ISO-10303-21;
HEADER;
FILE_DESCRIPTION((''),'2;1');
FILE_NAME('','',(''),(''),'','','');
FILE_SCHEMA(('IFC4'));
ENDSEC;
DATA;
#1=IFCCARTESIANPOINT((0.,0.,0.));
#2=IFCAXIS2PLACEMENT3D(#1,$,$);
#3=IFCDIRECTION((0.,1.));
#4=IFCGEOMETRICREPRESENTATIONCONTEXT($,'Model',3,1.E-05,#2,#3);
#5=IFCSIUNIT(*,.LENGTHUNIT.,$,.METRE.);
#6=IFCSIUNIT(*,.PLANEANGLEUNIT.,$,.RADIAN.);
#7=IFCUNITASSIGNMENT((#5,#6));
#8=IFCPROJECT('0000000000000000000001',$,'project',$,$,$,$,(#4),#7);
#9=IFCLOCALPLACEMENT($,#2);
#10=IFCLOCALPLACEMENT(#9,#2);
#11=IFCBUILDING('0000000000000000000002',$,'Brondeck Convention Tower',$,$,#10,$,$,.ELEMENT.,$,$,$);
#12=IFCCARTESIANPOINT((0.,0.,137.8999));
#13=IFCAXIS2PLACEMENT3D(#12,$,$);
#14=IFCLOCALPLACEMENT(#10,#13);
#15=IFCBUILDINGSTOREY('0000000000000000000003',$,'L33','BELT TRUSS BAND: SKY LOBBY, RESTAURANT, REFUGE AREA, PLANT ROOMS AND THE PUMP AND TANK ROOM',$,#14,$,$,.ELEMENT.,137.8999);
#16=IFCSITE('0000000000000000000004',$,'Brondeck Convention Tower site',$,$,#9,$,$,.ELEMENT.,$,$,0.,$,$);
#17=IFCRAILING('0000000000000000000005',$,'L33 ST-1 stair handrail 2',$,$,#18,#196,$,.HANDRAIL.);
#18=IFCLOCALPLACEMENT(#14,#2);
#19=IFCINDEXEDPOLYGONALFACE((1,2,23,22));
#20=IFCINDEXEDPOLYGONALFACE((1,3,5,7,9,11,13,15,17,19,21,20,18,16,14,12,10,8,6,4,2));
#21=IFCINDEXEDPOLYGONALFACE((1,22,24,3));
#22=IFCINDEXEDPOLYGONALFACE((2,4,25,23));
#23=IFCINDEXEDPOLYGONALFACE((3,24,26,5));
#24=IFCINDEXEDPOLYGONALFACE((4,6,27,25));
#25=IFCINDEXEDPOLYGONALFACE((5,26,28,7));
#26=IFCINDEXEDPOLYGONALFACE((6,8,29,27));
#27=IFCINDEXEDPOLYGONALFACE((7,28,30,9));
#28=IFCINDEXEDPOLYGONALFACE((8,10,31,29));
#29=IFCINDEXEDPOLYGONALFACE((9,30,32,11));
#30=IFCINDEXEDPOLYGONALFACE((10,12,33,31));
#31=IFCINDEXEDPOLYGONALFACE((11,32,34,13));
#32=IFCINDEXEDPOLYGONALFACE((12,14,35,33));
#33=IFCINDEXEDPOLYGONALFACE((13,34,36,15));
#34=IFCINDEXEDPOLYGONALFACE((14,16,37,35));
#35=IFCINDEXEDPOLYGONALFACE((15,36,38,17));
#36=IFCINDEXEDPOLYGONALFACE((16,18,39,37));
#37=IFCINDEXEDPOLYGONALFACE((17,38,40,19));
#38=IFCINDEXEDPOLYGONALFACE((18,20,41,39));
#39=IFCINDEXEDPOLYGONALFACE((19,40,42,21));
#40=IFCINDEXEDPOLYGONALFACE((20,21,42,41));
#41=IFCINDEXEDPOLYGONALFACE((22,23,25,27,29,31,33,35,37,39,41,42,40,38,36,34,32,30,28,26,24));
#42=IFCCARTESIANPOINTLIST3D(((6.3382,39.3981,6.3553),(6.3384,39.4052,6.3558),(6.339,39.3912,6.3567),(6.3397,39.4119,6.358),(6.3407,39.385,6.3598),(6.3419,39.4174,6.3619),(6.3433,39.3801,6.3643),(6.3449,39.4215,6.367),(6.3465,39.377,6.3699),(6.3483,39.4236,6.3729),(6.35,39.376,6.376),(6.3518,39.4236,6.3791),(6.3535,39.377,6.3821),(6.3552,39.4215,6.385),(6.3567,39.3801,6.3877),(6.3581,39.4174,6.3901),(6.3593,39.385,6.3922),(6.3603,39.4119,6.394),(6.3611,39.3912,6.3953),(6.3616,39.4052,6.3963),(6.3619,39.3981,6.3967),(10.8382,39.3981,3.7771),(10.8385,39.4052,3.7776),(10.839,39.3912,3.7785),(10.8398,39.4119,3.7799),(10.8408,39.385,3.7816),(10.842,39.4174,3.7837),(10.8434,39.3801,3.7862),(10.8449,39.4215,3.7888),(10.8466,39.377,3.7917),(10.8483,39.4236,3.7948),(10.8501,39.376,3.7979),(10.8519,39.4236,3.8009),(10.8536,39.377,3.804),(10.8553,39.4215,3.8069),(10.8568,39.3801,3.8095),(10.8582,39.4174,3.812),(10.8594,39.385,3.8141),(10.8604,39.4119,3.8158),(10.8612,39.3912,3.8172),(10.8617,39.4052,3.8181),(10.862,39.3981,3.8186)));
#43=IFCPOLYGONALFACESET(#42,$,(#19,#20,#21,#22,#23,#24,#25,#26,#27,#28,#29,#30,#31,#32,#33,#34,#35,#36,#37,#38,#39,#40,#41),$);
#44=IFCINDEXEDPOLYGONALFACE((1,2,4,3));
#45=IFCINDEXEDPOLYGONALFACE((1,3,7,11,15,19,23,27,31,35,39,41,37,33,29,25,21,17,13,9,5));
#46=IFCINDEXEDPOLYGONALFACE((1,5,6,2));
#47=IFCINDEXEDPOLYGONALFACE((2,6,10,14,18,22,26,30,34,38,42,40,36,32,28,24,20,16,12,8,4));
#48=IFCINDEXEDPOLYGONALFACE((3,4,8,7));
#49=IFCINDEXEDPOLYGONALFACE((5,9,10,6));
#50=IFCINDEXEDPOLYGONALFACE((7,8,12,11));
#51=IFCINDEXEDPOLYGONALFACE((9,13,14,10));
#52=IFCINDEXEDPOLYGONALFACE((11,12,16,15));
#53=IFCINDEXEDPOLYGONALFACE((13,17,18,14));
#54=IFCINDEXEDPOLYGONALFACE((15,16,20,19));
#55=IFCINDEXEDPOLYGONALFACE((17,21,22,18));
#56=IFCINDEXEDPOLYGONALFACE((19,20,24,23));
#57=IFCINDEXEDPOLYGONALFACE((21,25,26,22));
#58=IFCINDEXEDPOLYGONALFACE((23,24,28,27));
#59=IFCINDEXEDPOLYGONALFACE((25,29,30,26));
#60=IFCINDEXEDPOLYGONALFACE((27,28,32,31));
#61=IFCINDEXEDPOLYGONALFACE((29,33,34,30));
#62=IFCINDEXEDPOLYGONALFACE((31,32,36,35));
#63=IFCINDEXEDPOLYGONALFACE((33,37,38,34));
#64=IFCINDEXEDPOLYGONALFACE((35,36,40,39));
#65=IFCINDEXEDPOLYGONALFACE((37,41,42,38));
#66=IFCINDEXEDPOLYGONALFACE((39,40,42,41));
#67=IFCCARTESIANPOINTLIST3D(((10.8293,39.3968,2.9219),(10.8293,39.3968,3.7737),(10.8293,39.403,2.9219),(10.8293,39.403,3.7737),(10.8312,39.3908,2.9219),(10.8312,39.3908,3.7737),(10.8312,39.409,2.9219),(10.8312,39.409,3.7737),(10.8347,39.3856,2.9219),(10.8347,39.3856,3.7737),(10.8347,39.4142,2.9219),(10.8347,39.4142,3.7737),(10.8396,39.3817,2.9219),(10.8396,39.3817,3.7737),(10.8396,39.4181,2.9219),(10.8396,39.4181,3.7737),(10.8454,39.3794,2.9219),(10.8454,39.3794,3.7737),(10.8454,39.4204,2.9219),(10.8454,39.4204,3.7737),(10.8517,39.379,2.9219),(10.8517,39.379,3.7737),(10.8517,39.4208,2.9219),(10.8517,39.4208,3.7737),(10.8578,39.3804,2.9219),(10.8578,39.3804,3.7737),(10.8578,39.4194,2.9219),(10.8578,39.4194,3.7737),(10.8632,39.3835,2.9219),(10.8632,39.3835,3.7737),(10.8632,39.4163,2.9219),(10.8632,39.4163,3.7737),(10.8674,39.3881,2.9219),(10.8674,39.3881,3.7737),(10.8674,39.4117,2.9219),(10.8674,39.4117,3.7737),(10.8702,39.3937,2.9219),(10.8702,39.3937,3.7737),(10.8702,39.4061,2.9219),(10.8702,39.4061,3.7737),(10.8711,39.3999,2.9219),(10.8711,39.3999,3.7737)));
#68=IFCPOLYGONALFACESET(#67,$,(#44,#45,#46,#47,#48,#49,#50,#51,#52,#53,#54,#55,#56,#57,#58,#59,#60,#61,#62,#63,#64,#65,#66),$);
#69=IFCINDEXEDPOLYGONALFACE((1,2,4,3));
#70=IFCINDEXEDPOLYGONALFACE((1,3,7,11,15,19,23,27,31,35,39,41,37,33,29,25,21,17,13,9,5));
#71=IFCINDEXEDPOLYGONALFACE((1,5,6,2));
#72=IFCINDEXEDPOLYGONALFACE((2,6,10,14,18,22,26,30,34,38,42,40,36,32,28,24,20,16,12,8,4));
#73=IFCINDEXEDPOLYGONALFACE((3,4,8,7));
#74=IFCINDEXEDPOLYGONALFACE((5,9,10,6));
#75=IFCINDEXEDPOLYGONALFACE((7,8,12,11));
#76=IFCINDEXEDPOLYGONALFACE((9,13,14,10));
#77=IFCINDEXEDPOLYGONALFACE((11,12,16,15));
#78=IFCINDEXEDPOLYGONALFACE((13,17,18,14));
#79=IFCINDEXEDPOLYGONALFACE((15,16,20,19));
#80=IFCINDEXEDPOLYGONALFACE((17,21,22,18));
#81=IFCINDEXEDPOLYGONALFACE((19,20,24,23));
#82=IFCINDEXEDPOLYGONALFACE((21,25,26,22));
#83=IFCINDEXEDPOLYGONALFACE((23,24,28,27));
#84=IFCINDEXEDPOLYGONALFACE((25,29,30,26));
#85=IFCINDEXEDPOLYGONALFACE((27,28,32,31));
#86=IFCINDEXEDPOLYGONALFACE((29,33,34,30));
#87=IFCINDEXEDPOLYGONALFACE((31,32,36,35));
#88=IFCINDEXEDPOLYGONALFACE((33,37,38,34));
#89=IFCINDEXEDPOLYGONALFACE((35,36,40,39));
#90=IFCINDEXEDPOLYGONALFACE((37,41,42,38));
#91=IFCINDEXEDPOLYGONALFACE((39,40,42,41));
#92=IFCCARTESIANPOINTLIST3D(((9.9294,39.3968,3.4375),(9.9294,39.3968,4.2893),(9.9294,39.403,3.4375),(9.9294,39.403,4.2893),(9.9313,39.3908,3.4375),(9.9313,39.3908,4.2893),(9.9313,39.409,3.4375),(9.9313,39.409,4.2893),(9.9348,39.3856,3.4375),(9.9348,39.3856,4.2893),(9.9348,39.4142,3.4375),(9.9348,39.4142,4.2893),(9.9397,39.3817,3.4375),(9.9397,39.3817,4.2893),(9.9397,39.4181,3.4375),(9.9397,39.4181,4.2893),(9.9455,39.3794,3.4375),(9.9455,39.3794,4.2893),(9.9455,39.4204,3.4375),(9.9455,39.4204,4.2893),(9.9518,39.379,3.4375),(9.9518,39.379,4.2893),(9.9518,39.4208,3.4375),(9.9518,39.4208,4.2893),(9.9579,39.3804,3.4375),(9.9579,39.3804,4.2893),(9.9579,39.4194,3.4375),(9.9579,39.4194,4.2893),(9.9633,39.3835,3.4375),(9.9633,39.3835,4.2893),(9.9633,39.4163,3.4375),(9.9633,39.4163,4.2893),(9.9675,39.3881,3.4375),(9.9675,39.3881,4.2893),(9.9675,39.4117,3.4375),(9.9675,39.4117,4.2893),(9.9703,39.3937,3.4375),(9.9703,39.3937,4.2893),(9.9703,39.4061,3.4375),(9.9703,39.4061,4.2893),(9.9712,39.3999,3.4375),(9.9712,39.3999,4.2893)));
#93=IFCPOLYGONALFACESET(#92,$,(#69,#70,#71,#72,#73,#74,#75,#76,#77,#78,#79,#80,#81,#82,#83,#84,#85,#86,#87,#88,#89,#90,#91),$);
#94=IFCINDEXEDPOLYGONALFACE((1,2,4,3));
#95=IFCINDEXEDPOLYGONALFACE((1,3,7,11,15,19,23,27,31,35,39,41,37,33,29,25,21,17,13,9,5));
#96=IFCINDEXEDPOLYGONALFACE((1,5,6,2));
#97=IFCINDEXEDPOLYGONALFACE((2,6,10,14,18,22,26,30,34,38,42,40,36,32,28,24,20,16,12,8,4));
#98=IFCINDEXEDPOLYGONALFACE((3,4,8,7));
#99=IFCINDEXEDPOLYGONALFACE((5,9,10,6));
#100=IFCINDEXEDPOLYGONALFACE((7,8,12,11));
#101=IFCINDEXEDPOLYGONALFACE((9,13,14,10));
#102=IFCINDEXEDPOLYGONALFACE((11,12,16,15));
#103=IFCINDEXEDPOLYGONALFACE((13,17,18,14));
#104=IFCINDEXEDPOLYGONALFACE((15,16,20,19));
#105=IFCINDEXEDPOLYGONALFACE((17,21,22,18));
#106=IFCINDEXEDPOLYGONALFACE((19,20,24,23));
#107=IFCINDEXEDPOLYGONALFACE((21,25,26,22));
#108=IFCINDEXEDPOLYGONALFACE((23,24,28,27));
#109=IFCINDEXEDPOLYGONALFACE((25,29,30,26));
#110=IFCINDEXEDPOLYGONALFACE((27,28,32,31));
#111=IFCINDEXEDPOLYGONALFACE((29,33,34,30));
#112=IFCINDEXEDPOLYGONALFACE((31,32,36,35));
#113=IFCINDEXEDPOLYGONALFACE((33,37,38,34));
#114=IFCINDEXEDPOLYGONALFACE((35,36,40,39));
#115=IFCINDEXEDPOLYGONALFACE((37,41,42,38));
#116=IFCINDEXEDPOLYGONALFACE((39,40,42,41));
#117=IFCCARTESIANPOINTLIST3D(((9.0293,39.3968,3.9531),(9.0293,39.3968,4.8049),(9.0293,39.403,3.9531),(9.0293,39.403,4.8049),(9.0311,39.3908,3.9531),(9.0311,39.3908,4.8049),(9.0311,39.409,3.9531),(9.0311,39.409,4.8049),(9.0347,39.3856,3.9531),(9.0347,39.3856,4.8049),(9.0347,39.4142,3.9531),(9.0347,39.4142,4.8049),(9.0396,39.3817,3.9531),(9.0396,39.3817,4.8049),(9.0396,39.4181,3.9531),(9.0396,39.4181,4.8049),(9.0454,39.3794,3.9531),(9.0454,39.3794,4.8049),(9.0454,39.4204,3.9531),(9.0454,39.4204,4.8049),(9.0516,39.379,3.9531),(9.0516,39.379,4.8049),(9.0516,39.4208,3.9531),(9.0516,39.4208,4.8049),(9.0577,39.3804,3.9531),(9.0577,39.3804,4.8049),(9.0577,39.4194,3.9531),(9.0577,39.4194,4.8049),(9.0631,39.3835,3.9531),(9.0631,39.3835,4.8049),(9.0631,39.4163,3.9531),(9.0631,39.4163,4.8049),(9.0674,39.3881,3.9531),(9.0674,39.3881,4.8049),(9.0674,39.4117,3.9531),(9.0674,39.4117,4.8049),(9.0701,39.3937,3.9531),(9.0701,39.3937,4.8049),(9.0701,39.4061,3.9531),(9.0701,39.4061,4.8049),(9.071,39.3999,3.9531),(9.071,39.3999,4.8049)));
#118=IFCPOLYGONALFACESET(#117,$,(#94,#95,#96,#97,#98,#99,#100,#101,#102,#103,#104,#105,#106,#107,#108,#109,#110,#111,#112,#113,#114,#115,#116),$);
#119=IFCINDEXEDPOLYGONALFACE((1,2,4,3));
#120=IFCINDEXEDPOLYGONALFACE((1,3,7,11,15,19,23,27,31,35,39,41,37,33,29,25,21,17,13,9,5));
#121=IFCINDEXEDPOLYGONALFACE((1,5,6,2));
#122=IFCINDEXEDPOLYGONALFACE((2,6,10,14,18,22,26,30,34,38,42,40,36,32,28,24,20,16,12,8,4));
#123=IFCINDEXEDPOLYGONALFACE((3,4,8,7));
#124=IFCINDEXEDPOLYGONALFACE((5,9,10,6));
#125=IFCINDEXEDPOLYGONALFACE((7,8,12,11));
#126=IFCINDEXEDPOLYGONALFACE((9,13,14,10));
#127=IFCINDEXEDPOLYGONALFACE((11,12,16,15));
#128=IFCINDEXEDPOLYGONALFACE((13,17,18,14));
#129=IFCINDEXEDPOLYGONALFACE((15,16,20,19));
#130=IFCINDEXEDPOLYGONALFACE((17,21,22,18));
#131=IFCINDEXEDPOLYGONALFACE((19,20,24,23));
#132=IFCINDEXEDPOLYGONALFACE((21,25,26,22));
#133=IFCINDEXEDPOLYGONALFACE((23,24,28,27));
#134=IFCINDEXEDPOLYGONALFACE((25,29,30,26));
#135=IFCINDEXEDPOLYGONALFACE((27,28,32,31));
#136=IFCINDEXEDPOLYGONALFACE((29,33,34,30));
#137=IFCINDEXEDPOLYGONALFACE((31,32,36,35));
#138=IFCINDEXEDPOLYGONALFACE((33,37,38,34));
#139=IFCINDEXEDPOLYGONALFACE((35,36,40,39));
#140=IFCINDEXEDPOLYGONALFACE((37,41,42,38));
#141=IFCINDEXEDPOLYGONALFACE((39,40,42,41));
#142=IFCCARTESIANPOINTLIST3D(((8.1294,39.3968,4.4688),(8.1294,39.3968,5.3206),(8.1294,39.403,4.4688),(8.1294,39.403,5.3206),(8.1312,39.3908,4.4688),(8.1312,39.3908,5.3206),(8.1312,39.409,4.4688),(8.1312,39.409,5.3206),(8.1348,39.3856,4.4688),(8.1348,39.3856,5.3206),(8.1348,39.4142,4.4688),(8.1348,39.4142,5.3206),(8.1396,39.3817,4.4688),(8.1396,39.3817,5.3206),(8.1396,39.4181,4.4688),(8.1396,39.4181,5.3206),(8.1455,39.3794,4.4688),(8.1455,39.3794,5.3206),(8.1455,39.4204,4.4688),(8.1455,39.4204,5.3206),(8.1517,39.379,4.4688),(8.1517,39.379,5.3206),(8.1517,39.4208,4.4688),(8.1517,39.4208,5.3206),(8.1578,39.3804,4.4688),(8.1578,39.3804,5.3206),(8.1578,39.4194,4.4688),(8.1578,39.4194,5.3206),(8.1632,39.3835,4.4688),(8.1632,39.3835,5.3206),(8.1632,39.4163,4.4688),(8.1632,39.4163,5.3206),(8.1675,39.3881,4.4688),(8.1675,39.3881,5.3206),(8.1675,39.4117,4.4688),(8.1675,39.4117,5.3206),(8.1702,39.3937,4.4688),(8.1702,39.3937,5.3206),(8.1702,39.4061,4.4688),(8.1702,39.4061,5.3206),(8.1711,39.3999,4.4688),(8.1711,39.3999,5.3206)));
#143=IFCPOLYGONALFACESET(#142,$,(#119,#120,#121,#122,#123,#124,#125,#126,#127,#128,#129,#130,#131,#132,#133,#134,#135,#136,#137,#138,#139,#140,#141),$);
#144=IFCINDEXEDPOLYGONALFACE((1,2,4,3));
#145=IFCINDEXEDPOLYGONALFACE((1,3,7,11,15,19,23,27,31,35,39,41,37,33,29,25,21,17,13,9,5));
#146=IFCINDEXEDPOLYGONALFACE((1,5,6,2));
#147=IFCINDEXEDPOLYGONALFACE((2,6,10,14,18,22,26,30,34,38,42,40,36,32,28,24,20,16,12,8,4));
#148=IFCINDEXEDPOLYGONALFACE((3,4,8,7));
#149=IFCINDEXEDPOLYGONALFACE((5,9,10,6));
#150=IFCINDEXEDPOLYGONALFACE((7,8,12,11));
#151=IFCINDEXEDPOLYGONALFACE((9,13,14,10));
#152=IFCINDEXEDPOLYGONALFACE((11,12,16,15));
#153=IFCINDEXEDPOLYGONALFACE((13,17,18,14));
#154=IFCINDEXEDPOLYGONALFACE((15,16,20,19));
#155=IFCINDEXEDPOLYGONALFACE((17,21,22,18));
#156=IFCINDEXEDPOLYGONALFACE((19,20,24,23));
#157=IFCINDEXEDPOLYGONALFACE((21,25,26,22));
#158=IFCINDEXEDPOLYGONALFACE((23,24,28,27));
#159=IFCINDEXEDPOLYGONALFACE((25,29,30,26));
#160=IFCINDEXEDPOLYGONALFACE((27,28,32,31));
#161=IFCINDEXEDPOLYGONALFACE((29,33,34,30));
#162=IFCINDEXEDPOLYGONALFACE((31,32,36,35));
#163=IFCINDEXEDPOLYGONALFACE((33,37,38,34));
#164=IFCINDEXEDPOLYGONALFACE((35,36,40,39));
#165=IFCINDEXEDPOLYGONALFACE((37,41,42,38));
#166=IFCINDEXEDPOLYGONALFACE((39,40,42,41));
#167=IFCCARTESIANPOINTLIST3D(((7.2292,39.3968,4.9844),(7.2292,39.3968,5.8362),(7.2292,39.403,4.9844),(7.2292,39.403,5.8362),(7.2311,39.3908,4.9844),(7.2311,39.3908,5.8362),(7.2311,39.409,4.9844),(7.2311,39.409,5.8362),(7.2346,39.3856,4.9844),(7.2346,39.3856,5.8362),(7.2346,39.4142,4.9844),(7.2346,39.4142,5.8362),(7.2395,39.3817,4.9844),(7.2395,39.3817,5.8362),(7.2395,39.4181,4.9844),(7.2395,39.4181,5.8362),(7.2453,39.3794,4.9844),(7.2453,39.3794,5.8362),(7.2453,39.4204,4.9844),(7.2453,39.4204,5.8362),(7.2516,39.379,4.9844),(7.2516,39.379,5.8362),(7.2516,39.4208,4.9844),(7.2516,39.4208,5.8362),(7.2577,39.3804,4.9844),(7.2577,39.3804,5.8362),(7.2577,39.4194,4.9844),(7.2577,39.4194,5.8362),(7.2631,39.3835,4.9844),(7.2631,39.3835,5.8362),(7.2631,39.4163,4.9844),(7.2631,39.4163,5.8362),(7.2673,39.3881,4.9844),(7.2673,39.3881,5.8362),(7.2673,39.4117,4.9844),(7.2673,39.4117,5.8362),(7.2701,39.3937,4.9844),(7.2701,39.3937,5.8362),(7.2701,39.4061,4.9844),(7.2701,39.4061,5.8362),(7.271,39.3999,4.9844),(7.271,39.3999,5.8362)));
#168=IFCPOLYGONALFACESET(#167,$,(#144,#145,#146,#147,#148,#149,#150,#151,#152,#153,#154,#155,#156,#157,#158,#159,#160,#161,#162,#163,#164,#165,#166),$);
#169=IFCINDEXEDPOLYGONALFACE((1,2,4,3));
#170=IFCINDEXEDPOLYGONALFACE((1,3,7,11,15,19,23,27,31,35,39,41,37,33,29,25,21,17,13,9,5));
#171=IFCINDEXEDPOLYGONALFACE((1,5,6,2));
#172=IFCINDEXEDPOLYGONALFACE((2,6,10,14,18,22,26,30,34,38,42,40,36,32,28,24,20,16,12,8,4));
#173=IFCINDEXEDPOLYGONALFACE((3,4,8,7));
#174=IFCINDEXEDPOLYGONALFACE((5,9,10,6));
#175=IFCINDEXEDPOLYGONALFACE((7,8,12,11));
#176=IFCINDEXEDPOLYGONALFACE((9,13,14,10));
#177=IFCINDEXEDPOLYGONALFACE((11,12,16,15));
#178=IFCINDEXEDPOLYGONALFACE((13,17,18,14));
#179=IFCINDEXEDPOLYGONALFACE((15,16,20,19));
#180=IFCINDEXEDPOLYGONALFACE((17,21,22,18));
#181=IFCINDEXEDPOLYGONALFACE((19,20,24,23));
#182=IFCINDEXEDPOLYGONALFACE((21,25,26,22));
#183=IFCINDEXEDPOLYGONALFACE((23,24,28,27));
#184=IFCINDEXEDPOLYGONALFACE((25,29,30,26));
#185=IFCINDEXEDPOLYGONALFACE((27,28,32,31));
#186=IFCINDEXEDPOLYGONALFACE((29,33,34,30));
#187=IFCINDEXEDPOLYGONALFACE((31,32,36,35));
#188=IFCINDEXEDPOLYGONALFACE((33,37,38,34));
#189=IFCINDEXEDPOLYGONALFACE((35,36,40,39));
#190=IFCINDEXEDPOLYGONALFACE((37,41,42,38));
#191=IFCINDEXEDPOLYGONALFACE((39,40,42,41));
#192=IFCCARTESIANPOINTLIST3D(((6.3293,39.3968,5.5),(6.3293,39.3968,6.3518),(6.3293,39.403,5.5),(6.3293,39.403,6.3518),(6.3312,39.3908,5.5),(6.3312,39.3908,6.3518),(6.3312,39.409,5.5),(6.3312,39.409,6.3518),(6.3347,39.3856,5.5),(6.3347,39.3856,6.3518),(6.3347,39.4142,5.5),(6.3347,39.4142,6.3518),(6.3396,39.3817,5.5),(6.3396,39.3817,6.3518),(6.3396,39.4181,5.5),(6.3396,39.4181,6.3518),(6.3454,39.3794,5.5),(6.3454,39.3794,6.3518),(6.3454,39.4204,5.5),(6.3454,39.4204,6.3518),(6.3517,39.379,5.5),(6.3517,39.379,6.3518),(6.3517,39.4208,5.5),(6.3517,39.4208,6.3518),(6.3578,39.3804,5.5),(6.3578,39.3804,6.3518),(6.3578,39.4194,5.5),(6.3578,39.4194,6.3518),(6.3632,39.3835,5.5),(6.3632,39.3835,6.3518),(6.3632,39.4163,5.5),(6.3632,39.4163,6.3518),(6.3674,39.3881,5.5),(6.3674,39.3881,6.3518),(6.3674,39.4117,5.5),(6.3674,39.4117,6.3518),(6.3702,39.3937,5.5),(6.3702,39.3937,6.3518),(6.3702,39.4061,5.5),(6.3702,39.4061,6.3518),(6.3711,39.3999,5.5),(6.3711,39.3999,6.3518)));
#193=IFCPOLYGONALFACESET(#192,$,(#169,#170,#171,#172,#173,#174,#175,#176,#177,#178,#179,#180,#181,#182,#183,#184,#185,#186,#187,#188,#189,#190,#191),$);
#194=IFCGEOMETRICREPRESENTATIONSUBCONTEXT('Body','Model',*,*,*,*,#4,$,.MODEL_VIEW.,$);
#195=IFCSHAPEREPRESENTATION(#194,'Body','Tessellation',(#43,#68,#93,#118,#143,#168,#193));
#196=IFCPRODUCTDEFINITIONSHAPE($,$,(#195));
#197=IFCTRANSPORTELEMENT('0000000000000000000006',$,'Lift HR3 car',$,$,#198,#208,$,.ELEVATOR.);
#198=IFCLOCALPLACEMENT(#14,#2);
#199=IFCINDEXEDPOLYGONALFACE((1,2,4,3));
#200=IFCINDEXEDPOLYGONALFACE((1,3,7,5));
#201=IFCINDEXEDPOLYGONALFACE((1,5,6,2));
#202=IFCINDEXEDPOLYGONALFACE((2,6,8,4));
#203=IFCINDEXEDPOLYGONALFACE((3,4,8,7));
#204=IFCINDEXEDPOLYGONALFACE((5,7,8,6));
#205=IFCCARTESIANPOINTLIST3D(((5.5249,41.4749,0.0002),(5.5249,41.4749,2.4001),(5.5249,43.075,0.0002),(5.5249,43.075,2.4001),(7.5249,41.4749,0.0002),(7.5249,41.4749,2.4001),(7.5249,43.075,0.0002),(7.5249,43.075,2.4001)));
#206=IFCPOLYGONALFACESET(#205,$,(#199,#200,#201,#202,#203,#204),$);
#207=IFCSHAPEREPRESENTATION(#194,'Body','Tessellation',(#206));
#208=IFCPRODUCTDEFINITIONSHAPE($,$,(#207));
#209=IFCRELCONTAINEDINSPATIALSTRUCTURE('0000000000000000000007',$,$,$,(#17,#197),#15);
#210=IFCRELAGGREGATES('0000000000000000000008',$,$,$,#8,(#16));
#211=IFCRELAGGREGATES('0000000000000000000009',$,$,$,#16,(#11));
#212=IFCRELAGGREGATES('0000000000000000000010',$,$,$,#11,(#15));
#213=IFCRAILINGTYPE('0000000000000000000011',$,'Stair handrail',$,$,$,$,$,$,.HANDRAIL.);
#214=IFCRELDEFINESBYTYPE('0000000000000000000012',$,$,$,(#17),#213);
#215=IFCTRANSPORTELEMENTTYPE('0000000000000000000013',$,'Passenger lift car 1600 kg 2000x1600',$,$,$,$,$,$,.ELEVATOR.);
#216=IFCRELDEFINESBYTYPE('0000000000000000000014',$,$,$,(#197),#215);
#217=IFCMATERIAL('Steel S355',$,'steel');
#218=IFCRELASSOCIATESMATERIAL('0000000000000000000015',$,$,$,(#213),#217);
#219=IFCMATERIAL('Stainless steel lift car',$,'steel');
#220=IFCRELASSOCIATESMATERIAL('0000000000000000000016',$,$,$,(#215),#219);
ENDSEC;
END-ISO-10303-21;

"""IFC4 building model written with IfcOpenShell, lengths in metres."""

from ifc_helpers import new_model, si_unit, direction, frame, origin, origin_2d, place, context, subcontext, project, spatial, rectangle, circle, extrude, material, type_object, element, save


model = new_model("IFC4")

# Units and contexts
model_context = context("Model", 3, precision=1e-05, world=origin(), true_north=direction((0.0, 1.0)))
body_context = subcontext(model_context, "Body", "Model", "MODEL_VIEW")
ifc_project = project(units=[si_unit("LENGTHUNIT", "METRE"), si_unit("PLANEANGLEUNIT", "RADIAN")], contexts=[model_context])

# Site, building, storey
site_placement = place(None, origin())
site = spatial("IfcSite", under=ifc_project, at=site_placement, Name="Brondeck Convention Tower site", CompositionType="ELEMENT", RefElevation=0.0)
building_placement = place(site_placement, origin())
building = spatial("IfcBuilding", under=site, at=building_placement, Name="Brondeck Convention Tower", CompositionType="ELEMENT")
storey_placement = place(building_placement, frame((0.0, 0.0, 137.8999)))
storey = spatial("IfcBuildingStorey", under=building, at=storey_placement, Name="L33", Description="BELT TRUSS BAND: SKY LOBBY, RESTAURANT, REFUGE AREA, PLANT ROOMS AND THE PUMP AND TANK ROOM", CompositionType="ELEMENT", Elevation=137.8999)

# Railing
ifc_material_1 = material(Name="Steel S355", Category="steel")
railing_type_1 = type_object("IfcRailingType", Name="Stair handrail", PredefinedType="HANDRAIL", material=ifc_material_1)
railing_1_placement = place(storey_placement, frame((10.8501, 39.3999, 2.9219)))
element("IfcRailing", 1, at=railing_1_placement, inside=storey, type_object=railing_type_1, Name="L33 ST-1 stair handrail 2", PredefinedType="HANDRAIL", context=body_context, shape_type="SweptSolid", body=[
    extrude(circle(Radius=0.0239, at=origin_2d()), frame((0.0, 0.0, 0.876), z_axis=(-0.867686, 0.0, 0.497112), x_axis=(0.0, -1.0, 0.0)), (0.0, 0.0, 1.0), 5.1863),
    extrude(circle(Radius=0.021, at=origin_2d()), origin(), (0.0, 0.0, 1.0), 0.8518),
    extrude(circle(Radius=0.021, at=origin_2d()), frame((-0.8999, 0.0, 0.5156)), (0.0, 0.0, 1.0), 0.8518),
    extrude(circle(Radius=0.021, at=origin_2d()), frame((-1.8, 0.0, 1.0312)), (0.0, 0.0, 1.0), 0.8518),
    extrude(circle(Radius=0.021, at=origin_2d()), frame((-2.7, 0.0, 1.5469)), (0.0, 0.0, 1.0), 0.8518),
    extrude(circle(Radius=0.021, at=origin_2d()), frame((-3.6001, 0.0, 2.0625)), (0.0, 0.0, 1.0), 0.8518),
    extrude(circle(Radius=0.021, at=origin_2d()), frame((-4.5, 0.0, 2.5781)), (0.0, 0.0, 1.0), 0.8518),
])

# Transport element
ifc_material_2 = material(Name="Stainless steel lift car", Category="steel")
transport_element_type = type_object("IfcTransportElementType", Name="Passenger lift car 1600 kg 2000x1600", PredefinedType="ELEVATOR", material=ifc_material_2)
transport_element_placement = place(storey_placement, frame((6.5249, 42.2749, 0.0002), z_axis=(0.0, 0.0, 1.0), x_axis=(1.0, 0.0, 0.0)))
element("IfcTransportElement", 2, at=transport_element_placement, inside=storey, type_object=transport_element_type, Name="Lift HR3 car", PredefinedType="ELEVATOR", context=body_context, shape_type="SweptSolid", body=[
    extrude(rectangle(XDim=2.0, YDim=1.6001, at=origin_2d()), origin(), (0.0, 0.0, 1.0), 2.3999),
])

save(model, "model.ifc")
